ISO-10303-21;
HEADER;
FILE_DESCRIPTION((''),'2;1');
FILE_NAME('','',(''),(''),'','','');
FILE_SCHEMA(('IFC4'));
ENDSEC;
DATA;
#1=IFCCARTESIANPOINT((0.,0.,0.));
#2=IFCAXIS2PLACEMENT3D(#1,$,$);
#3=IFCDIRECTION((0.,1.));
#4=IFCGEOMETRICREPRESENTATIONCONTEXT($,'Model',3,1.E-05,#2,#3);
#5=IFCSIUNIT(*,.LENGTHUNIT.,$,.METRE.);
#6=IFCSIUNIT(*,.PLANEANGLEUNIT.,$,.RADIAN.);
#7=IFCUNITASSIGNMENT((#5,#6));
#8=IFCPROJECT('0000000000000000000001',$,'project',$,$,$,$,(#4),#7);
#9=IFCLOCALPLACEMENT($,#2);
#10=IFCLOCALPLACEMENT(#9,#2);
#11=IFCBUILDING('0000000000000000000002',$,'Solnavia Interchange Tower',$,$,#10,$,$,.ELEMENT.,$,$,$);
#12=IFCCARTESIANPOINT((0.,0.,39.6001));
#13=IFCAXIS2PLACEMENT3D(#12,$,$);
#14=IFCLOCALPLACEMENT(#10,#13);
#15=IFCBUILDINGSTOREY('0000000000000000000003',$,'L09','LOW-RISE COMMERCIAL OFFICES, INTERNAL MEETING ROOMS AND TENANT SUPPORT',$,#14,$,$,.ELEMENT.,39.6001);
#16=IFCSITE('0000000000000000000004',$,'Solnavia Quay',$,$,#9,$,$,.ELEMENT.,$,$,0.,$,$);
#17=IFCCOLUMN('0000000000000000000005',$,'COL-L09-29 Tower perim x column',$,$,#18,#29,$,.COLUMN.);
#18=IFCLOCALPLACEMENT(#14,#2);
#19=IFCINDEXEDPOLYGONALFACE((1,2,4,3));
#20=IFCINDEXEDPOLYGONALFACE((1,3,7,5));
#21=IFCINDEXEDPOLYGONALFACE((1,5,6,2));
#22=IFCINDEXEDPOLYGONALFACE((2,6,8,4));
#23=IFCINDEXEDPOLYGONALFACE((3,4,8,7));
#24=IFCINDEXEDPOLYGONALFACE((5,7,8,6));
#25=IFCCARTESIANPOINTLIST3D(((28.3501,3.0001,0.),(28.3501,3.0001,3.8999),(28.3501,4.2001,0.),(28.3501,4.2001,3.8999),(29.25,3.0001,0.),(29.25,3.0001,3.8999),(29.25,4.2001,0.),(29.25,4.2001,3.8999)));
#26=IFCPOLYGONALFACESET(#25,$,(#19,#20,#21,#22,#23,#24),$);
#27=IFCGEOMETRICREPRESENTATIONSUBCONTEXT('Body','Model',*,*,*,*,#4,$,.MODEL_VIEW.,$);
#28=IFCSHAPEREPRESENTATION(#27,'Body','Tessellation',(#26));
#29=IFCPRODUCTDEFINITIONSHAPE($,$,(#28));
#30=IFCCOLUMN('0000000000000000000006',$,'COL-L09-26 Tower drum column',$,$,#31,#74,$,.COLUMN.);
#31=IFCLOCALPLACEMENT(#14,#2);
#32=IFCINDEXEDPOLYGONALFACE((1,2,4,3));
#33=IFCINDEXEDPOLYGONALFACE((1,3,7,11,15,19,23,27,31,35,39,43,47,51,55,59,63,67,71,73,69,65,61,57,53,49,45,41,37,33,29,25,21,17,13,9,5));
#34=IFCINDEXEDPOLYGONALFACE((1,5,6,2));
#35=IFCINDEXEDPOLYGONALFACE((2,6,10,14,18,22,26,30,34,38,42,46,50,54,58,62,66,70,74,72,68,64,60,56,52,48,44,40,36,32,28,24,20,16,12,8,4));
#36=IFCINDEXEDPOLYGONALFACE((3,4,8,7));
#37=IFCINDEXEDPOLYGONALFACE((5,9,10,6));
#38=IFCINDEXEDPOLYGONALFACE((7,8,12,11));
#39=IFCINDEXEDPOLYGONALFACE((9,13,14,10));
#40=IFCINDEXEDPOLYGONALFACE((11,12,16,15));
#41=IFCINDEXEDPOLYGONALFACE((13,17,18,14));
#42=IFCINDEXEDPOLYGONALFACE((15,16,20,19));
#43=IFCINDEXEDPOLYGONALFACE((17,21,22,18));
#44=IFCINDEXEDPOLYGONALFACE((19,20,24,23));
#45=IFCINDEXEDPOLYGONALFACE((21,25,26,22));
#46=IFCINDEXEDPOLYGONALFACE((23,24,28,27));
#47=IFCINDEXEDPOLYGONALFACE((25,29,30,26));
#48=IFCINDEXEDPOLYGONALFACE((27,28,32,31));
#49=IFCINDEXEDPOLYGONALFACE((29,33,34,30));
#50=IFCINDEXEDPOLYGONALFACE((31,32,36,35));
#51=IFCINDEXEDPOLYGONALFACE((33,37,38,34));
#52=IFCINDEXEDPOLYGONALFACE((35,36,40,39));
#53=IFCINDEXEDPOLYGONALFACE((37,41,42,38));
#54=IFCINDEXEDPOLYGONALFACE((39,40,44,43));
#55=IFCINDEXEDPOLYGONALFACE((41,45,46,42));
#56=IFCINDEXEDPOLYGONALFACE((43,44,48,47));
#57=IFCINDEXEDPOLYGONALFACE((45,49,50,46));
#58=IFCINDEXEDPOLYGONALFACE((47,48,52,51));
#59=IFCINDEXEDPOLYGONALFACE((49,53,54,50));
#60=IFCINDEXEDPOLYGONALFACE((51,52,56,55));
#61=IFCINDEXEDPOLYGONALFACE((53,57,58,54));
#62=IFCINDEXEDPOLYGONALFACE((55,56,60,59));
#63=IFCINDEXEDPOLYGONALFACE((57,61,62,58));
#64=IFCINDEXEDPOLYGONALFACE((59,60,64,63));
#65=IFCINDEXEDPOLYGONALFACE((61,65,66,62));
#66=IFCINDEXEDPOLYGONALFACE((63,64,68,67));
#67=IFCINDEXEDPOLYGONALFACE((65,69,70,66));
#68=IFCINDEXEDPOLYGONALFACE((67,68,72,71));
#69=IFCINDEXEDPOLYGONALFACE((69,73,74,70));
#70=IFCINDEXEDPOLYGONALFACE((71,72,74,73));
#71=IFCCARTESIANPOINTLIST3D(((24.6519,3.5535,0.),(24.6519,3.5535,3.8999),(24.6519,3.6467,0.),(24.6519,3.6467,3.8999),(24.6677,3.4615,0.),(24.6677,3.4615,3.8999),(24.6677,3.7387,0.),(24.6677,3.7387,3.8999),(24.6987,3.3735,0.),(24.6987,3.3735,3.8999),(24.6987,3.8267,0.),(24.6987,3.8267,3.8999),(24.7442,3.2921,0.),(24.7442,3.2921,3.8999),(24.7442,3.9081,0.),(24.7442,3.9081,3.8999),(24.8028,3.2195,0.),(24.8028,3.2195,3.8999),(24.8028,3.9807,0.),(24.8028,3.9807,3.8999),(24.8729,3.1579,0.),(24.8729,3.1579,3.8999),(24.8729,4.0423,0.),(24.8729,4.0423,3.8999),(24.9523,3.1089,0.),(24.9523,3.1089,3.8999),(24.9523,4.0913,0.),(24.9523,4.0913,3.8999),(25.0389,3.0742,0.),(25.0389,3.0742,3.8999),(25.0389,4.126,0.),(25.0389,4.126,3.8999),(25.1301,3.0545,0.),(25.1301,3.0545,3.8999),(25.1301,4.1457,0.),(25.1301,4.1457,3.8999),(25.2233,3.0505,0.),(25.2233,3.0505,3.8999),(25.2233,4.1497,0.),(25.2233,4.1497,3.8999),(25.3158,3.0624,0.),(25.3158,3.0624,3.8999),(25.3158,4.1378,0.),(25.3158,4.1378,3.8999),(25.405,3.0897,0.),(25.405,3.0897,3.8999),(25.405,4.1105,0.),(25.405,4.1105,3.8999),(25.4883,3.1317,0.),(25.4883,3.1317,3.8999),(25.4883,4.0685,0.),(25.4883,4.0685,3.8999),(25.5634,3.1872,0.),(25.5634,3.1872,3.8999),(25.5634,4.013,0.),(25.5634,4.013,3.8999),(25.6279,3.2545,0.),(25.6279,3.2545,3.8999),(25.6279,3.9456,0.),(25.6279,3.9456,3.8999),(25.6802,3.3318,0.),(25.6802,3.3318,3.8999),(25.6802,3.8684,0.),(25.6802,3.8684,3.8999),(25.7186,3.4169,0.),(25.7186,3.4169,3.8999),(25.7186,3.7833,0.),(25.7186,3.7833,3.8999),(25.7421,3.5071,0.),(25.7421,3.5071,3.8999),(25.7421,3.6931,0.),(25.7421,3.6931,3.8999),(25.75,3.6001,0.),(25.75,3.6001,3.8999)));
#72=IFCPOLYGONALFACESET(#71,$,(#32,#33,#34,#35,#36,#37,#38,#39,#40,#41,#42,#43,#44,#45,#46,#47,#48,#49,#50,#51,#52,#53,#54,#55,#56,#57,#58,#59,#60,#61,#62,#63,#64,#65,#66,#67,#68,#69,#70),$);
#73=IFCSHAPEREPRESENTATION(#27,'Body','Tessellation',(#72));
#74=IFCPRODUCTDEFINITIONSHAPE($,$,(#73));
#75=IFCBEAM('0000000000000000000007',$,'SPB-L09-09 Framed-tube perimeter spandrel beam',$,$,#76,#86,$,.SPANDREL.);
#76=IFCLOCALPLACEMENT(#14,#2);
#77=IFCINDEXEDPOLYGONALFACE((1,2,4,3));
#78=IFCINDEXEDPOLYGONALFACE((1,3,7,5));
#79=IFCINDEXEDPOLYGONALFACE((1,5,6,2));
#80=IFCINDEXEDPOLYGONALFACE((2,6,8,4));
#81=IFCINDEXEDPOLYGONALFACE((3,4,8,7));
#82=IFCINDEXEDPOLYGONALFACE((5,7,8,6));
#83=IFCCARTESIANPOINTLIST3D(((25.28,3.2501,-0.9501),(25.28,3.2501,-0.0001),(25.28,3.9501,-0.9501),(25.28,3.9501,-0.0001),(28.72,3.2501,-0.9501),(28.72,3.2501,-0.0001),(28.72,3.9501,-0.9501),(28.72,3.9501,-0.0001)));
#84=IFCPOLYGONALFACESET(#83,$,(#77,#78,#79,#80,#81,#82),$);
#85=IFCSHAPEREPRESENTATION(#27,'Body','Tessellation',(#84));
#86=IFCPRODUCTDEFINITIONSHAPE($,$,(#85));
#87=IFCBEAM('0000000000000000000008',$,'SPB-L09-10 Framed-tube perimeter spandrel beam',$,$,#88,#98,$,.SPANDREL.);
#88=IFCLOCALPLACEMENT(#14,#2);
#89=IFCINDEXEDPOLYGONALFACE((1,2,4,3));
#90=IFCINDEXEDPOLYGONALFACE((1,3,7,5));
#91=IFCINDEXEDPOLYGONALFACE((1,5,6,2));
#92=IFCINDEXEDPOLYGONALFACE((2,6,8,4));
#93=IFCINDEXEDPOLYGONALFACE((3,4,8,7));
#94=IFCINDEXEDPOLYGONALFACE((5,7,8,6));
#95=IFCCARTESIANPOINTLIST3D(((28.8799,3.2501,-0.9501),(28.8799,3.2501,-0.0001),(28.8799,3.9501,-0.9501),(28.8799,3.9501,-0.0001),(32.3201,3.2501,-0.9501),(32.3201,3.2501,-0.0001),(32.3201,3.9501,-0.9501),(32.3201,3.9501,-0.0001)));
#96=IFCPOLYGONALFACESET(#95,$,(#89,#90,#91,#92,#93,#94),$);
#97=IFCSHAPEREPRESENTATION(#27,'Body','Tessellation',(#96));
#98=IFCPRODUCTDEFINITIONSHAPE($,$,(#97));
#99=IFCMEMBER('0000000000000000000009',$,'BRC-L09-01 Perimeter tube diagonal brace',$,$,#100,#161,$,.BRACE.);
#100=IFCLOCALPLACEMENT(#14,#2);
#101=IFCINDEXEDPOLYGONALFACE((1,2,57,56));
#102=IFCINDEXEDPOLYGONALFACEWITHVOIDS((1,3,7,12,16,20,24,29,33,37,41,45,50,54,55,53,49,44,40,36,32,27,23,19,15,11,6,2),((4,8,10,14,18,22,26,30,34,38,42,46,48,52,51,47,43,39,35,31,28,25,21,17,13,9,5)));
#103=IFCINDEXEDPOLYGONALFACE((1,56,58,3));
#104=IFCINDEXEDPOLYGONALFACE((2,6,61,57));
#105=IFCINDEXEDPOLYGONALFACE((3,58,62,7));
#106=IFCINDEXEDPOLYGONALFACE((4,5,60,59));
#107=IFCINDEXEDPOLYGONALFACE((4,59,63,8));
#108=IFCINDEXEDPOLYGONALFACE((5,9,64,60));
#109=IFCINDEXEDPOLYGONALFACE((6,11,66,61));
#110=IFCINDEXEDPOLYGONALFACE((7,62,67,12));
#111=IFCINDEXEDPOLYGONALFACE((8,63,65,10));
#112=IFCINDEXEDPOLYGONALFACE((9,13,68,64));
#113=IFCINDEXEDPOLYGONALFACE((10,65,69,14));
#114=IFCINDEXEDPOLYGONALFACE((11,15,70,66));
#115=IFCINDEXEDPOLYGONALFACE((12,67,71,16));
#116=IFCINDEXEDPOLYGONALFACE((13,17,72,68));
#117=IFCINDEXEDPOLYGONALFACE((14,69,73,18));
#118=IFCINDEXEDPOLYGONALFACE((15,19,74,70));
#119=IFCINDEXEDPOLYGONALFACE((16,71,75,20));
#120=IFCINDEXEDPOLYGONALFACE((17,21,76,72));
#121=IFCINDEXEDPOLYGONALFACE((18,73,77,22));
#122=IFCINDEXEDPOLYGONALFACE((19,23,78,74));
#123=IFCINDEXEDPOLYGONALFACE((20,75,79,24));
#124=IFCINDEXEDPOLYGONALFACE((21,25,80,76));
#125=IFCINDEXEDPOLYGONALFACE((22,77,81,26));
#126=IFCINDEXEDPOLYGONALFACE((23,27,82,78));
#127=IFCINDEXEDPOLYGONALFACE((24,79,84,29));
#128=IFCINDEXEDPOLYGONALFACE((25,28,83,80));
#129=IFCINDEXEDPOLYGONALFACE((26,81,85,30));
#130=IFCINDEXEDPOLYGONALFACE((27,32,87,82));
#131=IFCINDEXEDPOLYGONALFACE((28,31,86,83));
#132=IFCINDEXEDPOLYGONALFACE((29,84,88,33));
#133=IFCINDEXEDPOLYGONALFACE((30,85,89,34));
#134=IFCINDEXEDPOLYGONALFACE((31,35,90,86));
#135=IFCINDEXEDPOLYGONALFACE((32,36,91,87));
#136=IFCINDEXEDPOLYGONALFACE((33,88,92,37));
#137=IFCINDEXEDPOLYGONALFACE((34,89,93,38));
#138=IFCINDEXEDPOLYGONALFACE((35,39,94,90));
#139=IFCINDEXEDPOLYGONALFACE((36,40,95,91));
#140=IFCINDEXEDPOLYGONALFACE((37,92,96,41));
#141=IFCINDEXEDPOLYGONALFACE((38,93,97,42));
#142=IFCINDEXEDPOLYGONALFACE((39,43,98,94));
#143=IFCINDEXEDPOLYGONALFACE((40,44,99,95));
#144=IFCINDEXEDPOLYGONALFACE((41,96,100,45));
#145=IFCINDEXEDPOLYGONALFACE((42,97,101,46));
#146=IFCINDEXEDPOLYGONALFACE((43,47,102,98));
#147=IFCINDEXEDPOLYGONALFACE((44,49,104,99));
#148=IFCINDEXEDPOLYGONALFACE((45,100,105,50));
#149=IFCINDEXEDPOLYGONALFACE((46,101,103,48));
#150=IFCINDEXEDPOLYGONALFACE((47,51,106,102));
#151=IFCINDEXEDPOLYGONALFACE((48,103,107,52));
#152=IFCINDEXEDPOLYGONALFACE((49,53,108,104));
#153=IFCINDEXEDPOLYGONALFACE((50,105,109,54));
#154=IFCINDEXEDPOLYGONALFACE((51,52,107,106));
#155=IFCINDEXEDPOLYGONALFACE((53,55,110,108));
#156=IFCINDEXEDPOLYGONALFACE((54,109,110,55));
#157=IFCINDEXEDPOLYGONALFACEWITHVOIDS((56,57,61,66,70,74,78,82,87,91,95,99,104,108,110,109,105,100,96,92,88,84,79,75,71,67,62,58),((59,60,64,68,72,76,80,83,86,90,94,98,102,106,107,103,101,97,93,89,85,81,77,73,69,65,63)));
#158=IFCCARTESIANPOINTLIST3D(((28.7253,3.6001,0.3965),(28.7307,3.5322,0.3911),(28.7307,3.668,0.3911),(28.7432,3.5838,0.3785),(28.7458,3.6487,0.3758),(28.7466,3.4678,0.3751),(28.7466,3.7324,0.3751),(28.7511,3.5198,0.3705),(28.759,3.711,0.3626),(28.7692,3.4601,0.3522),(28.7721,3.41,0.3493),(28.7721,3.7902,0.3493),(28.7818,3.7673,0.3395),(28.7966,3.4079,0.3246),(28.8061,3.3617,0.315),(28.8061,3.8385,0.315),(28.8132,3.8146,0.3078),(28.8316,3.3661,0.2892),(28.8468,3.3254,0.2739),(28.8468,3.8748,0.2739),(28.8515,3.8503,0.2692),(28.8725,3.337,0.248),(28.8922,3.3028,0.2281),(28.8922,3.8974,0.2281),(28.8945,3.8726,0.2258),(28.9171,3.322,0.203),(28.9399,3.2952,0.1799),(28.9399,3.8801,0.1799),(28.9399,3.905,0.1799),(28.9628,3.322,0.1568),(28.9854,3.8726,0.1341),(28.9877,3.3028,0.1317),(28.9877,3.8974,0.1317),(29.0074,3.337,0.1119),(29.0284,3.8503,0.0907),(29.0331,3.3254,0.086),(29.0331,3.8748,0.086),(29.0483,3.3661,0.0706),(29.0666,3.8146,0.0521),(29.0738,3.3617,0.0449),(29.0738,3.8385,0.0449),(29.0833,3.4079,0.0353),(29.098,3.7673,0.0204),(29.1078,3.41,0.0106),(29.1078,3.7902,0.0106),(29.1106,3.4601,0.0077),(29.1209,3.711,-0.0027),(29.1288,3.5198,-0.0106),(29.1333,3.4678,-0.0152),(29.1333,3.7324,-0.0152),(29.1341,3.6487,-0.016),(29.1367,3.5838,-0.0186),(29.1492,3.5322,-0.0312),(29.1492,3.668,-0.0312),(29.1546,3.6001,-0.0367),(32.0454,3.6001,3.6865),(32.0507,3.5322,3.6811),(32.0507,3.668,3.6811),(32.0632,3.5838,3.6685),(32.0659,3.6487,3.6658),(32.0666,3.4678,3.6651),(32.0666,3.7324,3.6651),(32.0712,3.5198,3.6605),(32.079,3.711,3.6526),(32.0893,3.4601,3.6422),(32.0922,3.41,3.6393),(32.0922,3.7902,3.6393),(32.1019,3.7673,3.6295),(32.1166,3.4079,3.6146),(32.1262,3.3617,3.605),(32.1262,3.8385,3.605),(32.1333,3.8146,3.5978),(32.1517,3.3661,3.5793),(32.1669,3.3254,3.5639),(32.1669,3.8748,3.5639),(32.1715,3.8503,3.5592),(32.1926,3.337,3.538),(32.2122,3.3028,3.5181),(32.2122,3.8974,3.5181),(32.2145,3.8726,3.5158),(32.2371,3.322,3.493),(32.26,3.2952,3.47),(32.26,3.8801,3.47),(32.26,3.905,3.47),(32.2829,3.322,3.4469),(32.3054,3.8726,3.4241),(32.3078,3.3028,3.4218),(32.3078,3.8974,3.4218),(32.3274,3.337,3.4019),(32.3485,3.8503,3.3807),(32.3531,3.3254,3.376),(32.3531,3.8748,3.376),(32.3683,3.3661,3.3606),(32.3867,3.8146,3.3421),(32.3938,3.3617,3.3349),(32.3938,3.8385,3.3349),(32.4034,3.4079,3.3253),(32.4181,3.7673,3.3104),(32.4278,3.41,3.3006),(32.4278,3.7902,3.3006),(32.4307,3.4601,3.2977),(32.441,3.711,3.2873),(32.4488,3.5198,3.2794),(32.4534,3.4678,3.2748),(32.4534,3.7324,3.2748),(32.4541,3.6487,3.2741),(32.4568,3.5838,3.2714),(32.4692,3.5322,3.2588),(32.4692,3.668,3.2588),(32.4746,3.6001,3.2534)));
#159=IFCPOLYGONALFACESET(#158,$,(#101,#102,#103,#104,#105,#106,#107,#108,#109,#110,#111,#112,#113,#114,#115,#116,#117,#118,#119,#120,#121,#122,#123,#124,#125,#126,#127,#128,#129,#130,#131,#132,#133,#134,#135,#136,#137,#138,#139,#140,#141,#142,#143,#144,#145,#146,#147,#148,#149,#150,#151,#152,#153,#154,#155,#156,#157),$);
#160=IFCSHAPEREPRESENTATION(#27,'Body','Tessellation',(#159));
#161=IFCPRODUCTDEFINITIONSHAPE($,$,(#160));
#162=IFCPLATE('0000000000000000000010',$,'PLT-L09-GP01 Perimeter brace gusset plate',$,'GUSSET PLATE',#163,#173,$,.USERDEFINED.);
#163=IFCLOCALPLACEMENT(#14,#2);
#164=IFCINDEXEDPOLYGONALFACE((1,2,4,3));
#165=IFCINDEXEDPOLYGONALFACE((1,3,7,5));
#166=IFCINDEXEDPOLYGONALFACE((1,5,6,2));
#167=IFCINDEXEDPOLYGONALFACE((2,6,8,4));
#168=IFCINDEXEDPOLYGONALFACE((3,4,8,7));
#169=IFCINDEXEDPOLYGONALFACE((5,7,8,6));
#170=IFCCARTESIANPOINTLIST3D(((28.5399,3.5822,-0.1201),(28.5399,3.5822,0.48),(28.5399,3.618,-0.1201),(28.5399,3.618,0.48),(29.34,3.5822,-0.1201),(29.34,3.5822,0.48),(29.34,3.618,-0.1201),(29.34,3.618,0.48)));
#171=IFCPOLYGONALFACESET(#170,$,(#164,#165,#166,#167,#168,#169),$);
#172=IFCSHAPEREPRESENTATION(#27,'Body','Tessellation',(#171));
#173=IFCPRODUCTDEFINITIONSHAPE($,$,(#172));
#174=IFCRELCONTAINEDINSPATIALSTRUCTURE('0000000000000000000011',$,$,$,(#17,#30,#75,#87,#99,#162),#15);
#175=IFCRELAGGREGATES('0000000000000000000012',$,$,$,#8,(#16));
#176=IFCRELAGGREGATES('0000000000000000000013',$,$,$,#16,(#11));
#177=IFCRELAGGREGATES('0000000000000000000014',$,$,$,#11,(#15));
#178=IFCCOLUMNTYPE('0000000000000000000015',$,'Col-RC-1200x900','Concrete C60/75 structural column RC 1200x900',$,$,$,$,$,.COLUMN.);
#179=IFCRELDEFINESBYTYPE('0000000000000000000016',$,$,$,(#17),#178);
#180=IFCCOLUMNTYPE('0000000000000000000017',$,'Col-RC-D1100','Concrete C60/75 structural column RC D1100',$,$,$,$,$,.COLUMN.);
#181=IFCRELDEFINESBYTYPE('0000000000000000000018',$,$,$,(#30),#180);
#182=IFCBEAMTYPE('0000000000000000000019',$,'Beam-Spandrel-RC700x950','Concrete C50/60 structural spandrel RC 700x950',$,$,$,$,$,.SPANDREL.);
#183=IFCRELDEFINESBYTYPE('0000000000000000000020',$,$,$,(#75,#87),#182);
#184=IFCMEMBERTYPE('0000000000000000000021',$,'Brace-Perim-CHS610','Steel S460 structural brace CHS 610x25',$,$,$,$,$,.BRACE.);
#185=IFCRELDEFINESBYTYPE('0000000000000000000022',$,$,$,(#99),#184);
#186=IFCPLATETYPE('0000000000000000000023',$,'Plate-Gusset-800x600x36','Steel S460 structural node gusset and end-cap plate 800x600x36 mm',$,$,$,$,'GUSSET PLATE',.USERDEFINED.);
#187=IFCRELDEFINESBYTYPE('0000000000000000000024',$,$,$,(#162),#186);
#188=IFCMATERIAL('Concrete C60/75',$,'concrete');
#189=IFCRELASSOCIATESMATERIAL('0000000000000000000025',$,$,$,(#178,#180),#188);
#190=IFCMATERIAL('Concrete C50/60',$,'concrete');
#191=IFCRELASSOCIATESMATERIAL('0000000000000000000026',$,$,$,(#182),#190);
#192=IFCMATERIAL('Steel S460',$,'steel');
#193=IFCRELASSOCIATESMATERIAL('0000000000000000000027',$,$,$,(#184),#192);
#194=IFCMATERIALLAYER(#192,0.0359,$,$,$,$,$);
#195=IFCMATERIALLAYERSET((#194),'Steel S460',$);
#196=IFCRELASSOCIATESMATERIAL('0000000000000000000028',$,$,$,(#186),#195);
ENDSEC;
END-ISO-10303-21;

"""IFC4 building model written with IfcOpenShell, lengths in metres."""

from ifc_helpers import new_model, si_unit, direction, frame, origin, origin_2d, place, context, subcontext, project, spatial, rectangle, circle, hollow_circle, extrude, material, layer, layer_set, material_profile, profile_set, type_object, element, save


model = new_model("IFC4")

# Units and contexts
model_context = context("Model", 3, precision=1e-05, world=origin(), true_north=direction((0.0, 1.0)))
body_context = subcontext(model_context, "Body", "Model", "MODEL_VIEW")
ifc_project = project(units=[si_unit("LENGTHUNIT", "METRE"), si_unit("PLANEANGLEUNIT", "RADIAN")], contexts=[model_context])

# Site, building, storey
site_placement = place(None, origin())
site = spatial("IfcSite", under=ifc_project, at=site_placement, Name="Solnavia Quay", CompositionType="ELEMENT", RefElevation=0.0)
building_placement = place(site_placement, origin())
building = spatial("IfcBuilding", under=site, at=building_placement, Name="Solnavia Interchange Tower", CompositionType="ELEMENT")
storey_placement = place(building_placement, frame((0.0, 0.0, 39.6001)))
storey = spatial("IfcBuildingStorey", under=building, at=storey_placement, Name="L09", Description="LOW-RISE COMMERCIAL OFFICES, INTERNAL MEETING ROOMS AND TENANT SUPPORT", CompositionType="ELEMENT", Elevation=39.6001)

# Columns
ifc_material_1 = material(Name="Concrete C60/75", Category="concrete")
ifc_material_profile_1 = material_profile(ifc_material_1, rectangle(XDim=0.8999, YDim=1.2, at=origin_2d()), Name="RC 1200x900")
ifc_profile_set_1 = profile_set([ifc_material_profile_1], Name="Concrete C60/75")
column_type_1 = type_object("IfcColumnType", Name="Col-RC-1200x900", Description="Concrete C60/75 structural column RC 1200x900", PredefinedType="COLUMN", material=ifc_profile_set_1)
column_1_placement = place(storey_placement, frame((28.8, 3.6001, 0.0), z_axis=(0.0, 0.0, 1.0), x_axis=(1.0, 0.0, 0.0)))
element("IfcColumn", 1, at=column_1_placement, inside=storey, type_object=column_type_1, Name="COL-L09-29 Tower perim x column", PredefinedType="COLUMN", context=body_context, shape_type="SweptSolid", body=[
    extrude(rectangle(XDim=0.8999, YDim=1.2, at=origin_2d()), origin(), (0.0, 0.0, 1.0), 3.8999),
])
ifc_material_profile_2 = material_profile(ifc_material_1, circle(Radius=0.55, at=origin_2d()), Name="RC D1100")
ifc_profile_set_2 = profile_set([ifc_material_profile_2], Name="Concrete C60/75")
column_type_2 = type_object("IfcColumnType", Name="Col-RC-D1100", Description="Concrete C60/75 structural column RC D1100", PredefinedType="COLUMN", material=ifc_profile_set_2)
column_2_placement = place(storey_placement, frame((25.2, 3.6001, 0.0), z_axis=(0.0, 0.0, 1.0), x_axis=(1.0, 0.0, 0.0)))
element("IfcColumn", 2, at=column_2_placement, inside=storey, type_object=column_type_2, Name="COL-L09-26 Tower drum column", PredefinedType="COLUMN", context=body_context, shape_type="SweptSolid", body=[
    extrude(circle(Radius=0.55, at=origin_2d()), origin(), (0.0, 0.0, 1.0), 3.8999),
])

# Beams
ifc_material_2 = material(Name="Concrete C50/60", Category="concrete")
ifc_material_profile_3 = material_profile(ifc_material_2, rectangle(XDim=0.7, YDim=0.95, at=origin_2d()), Name="RC 700x950")
ifc_profile_set_3 = profile_set([ifc_material_profile_3], Name="Concrete C50/60")
beam_type = type_object("IfcBeamType", Name="Beam-Spandrel-RC700x950", Description="Concrete C50/60 structural spandrel RC 700x950", PredefinedType="SPANDREL", material=ifc_profile_set_3)
beam_1_placement = place(storey_placement, frame((25.28, 3.6001, -0.4751), z_axis=(1.0, 0.0, 0.0), x_axis=(0.0, 1.0, 0.0)))
element("IfcBeam", 3, at=beam_1_placement, inside=storey, type_object=beam_type, Name="SPB-L09-09 Framed-tube perimeter spandrel beam", PredefinedType="SPANDREL", context=body_context, shape_type="SweptSolid", body=[
    extrude(rectangle(XDim=0.7, YDim=0.95, at=origin_2d()), origin(), (0.0, 0.0, 1.0), 3.4399),
])
beam_2_placement = place(storey_placement, frame((28.8799, 3.6001, -0.4751), z_axis=(1.0, 0.0, 0.0), x_axis=(0.0, 1.0, 0.0)))
element("IfcBeam", 4, at=beam_2_placement, inside=storey, type_object=beam_type, Name="SPB-L09-10 Framed-tube perimeter spandrel beam", PredefinedType="SPANDREL", context=body_context, shape_type="SweptSolid", body=[
    extrude(rectangle(XDim=0.7, YDim=0.95, at=origin_2d()), origin(), (0.0, 0.0, 1.0), 3.4402),
])

# Member
ifc_material_3 = material(Name="Steel S460", Category="steel")
ifc_material_profile_4 = material_profile(ifc_material_3, hollow_circle(Radius=0.3049, WallThickness=0.0249, at=origin_2d()), Name="CHS 610x25")
ifc_profile_set_4 = profile_set([ifc_material_profile_4], Name="Steel S460")
member_type = type_object("IfcMemberType", Name="Brace-Perim-CHS610", Description="Steel S460 structural brace CHS 610x25", PredefinedType="BRACE", material=ifc_profile_set_4)
member_placement = place(storey_placement, frame((28.9399, 3.6001, 0.1799), z_axis=(0.710312, 0.0, 0.703887), x_axis=(0.0, 1.0, 0.0)))
element("IfcMember", 5, at=member_placement, inside=storey, type_object=member_type, Name="BRC-L09-01 Perimeter tube diagonal brace", PredefinedType="BRACE", context=body_context, shape_type="SweptSolid", body=[
    extrude(hollow_circle(Radius=0.3049, WallThickness=0.0249, at=origin_2d()), origin(), (0.0, 0.0, 1.0), 4.6741),
])

# Plate
ifc_layer_1 = layer(ifc_material_3, 0.0359)
ifc_layer_set_1 = layer_set([ifc_layer_1], Name="Steel S460")
plate_type = type_object("IfcPlateType", Name="Plate-Gusset-800x600x36", Description="Steel S460 structural node gusset and end-cap plate 800x600x36 mm", ElementType="GUSSET PLATE", PredefinedType="USERDEFINED", material=ifc_layer_set_1)
plate_placement = place(storey_placement, frame((28.9399, 3.6001, -0.1201), z_axis=(0.0, 0.0, 1.0), x_axis=(1.0, 0.0, 0.0)))
element("IfcPlate", 6, at=plate_placement, inside=storey, type_object=plate_type, Name="PLT-L09-GP01 Perimeter brace gusset plate", ObjectType="GUSSET PLATE", PredefinedType="USERDEFINED", context=body_context, shape_type="SweptSolid", body=[
    extrude(rectangle(XDim=0.8, YDim=0.0359, at=origin_2d()), origin(), (0.0, 0.0, 1.0), 0.6001),
])

save(model, "model.ifc")
